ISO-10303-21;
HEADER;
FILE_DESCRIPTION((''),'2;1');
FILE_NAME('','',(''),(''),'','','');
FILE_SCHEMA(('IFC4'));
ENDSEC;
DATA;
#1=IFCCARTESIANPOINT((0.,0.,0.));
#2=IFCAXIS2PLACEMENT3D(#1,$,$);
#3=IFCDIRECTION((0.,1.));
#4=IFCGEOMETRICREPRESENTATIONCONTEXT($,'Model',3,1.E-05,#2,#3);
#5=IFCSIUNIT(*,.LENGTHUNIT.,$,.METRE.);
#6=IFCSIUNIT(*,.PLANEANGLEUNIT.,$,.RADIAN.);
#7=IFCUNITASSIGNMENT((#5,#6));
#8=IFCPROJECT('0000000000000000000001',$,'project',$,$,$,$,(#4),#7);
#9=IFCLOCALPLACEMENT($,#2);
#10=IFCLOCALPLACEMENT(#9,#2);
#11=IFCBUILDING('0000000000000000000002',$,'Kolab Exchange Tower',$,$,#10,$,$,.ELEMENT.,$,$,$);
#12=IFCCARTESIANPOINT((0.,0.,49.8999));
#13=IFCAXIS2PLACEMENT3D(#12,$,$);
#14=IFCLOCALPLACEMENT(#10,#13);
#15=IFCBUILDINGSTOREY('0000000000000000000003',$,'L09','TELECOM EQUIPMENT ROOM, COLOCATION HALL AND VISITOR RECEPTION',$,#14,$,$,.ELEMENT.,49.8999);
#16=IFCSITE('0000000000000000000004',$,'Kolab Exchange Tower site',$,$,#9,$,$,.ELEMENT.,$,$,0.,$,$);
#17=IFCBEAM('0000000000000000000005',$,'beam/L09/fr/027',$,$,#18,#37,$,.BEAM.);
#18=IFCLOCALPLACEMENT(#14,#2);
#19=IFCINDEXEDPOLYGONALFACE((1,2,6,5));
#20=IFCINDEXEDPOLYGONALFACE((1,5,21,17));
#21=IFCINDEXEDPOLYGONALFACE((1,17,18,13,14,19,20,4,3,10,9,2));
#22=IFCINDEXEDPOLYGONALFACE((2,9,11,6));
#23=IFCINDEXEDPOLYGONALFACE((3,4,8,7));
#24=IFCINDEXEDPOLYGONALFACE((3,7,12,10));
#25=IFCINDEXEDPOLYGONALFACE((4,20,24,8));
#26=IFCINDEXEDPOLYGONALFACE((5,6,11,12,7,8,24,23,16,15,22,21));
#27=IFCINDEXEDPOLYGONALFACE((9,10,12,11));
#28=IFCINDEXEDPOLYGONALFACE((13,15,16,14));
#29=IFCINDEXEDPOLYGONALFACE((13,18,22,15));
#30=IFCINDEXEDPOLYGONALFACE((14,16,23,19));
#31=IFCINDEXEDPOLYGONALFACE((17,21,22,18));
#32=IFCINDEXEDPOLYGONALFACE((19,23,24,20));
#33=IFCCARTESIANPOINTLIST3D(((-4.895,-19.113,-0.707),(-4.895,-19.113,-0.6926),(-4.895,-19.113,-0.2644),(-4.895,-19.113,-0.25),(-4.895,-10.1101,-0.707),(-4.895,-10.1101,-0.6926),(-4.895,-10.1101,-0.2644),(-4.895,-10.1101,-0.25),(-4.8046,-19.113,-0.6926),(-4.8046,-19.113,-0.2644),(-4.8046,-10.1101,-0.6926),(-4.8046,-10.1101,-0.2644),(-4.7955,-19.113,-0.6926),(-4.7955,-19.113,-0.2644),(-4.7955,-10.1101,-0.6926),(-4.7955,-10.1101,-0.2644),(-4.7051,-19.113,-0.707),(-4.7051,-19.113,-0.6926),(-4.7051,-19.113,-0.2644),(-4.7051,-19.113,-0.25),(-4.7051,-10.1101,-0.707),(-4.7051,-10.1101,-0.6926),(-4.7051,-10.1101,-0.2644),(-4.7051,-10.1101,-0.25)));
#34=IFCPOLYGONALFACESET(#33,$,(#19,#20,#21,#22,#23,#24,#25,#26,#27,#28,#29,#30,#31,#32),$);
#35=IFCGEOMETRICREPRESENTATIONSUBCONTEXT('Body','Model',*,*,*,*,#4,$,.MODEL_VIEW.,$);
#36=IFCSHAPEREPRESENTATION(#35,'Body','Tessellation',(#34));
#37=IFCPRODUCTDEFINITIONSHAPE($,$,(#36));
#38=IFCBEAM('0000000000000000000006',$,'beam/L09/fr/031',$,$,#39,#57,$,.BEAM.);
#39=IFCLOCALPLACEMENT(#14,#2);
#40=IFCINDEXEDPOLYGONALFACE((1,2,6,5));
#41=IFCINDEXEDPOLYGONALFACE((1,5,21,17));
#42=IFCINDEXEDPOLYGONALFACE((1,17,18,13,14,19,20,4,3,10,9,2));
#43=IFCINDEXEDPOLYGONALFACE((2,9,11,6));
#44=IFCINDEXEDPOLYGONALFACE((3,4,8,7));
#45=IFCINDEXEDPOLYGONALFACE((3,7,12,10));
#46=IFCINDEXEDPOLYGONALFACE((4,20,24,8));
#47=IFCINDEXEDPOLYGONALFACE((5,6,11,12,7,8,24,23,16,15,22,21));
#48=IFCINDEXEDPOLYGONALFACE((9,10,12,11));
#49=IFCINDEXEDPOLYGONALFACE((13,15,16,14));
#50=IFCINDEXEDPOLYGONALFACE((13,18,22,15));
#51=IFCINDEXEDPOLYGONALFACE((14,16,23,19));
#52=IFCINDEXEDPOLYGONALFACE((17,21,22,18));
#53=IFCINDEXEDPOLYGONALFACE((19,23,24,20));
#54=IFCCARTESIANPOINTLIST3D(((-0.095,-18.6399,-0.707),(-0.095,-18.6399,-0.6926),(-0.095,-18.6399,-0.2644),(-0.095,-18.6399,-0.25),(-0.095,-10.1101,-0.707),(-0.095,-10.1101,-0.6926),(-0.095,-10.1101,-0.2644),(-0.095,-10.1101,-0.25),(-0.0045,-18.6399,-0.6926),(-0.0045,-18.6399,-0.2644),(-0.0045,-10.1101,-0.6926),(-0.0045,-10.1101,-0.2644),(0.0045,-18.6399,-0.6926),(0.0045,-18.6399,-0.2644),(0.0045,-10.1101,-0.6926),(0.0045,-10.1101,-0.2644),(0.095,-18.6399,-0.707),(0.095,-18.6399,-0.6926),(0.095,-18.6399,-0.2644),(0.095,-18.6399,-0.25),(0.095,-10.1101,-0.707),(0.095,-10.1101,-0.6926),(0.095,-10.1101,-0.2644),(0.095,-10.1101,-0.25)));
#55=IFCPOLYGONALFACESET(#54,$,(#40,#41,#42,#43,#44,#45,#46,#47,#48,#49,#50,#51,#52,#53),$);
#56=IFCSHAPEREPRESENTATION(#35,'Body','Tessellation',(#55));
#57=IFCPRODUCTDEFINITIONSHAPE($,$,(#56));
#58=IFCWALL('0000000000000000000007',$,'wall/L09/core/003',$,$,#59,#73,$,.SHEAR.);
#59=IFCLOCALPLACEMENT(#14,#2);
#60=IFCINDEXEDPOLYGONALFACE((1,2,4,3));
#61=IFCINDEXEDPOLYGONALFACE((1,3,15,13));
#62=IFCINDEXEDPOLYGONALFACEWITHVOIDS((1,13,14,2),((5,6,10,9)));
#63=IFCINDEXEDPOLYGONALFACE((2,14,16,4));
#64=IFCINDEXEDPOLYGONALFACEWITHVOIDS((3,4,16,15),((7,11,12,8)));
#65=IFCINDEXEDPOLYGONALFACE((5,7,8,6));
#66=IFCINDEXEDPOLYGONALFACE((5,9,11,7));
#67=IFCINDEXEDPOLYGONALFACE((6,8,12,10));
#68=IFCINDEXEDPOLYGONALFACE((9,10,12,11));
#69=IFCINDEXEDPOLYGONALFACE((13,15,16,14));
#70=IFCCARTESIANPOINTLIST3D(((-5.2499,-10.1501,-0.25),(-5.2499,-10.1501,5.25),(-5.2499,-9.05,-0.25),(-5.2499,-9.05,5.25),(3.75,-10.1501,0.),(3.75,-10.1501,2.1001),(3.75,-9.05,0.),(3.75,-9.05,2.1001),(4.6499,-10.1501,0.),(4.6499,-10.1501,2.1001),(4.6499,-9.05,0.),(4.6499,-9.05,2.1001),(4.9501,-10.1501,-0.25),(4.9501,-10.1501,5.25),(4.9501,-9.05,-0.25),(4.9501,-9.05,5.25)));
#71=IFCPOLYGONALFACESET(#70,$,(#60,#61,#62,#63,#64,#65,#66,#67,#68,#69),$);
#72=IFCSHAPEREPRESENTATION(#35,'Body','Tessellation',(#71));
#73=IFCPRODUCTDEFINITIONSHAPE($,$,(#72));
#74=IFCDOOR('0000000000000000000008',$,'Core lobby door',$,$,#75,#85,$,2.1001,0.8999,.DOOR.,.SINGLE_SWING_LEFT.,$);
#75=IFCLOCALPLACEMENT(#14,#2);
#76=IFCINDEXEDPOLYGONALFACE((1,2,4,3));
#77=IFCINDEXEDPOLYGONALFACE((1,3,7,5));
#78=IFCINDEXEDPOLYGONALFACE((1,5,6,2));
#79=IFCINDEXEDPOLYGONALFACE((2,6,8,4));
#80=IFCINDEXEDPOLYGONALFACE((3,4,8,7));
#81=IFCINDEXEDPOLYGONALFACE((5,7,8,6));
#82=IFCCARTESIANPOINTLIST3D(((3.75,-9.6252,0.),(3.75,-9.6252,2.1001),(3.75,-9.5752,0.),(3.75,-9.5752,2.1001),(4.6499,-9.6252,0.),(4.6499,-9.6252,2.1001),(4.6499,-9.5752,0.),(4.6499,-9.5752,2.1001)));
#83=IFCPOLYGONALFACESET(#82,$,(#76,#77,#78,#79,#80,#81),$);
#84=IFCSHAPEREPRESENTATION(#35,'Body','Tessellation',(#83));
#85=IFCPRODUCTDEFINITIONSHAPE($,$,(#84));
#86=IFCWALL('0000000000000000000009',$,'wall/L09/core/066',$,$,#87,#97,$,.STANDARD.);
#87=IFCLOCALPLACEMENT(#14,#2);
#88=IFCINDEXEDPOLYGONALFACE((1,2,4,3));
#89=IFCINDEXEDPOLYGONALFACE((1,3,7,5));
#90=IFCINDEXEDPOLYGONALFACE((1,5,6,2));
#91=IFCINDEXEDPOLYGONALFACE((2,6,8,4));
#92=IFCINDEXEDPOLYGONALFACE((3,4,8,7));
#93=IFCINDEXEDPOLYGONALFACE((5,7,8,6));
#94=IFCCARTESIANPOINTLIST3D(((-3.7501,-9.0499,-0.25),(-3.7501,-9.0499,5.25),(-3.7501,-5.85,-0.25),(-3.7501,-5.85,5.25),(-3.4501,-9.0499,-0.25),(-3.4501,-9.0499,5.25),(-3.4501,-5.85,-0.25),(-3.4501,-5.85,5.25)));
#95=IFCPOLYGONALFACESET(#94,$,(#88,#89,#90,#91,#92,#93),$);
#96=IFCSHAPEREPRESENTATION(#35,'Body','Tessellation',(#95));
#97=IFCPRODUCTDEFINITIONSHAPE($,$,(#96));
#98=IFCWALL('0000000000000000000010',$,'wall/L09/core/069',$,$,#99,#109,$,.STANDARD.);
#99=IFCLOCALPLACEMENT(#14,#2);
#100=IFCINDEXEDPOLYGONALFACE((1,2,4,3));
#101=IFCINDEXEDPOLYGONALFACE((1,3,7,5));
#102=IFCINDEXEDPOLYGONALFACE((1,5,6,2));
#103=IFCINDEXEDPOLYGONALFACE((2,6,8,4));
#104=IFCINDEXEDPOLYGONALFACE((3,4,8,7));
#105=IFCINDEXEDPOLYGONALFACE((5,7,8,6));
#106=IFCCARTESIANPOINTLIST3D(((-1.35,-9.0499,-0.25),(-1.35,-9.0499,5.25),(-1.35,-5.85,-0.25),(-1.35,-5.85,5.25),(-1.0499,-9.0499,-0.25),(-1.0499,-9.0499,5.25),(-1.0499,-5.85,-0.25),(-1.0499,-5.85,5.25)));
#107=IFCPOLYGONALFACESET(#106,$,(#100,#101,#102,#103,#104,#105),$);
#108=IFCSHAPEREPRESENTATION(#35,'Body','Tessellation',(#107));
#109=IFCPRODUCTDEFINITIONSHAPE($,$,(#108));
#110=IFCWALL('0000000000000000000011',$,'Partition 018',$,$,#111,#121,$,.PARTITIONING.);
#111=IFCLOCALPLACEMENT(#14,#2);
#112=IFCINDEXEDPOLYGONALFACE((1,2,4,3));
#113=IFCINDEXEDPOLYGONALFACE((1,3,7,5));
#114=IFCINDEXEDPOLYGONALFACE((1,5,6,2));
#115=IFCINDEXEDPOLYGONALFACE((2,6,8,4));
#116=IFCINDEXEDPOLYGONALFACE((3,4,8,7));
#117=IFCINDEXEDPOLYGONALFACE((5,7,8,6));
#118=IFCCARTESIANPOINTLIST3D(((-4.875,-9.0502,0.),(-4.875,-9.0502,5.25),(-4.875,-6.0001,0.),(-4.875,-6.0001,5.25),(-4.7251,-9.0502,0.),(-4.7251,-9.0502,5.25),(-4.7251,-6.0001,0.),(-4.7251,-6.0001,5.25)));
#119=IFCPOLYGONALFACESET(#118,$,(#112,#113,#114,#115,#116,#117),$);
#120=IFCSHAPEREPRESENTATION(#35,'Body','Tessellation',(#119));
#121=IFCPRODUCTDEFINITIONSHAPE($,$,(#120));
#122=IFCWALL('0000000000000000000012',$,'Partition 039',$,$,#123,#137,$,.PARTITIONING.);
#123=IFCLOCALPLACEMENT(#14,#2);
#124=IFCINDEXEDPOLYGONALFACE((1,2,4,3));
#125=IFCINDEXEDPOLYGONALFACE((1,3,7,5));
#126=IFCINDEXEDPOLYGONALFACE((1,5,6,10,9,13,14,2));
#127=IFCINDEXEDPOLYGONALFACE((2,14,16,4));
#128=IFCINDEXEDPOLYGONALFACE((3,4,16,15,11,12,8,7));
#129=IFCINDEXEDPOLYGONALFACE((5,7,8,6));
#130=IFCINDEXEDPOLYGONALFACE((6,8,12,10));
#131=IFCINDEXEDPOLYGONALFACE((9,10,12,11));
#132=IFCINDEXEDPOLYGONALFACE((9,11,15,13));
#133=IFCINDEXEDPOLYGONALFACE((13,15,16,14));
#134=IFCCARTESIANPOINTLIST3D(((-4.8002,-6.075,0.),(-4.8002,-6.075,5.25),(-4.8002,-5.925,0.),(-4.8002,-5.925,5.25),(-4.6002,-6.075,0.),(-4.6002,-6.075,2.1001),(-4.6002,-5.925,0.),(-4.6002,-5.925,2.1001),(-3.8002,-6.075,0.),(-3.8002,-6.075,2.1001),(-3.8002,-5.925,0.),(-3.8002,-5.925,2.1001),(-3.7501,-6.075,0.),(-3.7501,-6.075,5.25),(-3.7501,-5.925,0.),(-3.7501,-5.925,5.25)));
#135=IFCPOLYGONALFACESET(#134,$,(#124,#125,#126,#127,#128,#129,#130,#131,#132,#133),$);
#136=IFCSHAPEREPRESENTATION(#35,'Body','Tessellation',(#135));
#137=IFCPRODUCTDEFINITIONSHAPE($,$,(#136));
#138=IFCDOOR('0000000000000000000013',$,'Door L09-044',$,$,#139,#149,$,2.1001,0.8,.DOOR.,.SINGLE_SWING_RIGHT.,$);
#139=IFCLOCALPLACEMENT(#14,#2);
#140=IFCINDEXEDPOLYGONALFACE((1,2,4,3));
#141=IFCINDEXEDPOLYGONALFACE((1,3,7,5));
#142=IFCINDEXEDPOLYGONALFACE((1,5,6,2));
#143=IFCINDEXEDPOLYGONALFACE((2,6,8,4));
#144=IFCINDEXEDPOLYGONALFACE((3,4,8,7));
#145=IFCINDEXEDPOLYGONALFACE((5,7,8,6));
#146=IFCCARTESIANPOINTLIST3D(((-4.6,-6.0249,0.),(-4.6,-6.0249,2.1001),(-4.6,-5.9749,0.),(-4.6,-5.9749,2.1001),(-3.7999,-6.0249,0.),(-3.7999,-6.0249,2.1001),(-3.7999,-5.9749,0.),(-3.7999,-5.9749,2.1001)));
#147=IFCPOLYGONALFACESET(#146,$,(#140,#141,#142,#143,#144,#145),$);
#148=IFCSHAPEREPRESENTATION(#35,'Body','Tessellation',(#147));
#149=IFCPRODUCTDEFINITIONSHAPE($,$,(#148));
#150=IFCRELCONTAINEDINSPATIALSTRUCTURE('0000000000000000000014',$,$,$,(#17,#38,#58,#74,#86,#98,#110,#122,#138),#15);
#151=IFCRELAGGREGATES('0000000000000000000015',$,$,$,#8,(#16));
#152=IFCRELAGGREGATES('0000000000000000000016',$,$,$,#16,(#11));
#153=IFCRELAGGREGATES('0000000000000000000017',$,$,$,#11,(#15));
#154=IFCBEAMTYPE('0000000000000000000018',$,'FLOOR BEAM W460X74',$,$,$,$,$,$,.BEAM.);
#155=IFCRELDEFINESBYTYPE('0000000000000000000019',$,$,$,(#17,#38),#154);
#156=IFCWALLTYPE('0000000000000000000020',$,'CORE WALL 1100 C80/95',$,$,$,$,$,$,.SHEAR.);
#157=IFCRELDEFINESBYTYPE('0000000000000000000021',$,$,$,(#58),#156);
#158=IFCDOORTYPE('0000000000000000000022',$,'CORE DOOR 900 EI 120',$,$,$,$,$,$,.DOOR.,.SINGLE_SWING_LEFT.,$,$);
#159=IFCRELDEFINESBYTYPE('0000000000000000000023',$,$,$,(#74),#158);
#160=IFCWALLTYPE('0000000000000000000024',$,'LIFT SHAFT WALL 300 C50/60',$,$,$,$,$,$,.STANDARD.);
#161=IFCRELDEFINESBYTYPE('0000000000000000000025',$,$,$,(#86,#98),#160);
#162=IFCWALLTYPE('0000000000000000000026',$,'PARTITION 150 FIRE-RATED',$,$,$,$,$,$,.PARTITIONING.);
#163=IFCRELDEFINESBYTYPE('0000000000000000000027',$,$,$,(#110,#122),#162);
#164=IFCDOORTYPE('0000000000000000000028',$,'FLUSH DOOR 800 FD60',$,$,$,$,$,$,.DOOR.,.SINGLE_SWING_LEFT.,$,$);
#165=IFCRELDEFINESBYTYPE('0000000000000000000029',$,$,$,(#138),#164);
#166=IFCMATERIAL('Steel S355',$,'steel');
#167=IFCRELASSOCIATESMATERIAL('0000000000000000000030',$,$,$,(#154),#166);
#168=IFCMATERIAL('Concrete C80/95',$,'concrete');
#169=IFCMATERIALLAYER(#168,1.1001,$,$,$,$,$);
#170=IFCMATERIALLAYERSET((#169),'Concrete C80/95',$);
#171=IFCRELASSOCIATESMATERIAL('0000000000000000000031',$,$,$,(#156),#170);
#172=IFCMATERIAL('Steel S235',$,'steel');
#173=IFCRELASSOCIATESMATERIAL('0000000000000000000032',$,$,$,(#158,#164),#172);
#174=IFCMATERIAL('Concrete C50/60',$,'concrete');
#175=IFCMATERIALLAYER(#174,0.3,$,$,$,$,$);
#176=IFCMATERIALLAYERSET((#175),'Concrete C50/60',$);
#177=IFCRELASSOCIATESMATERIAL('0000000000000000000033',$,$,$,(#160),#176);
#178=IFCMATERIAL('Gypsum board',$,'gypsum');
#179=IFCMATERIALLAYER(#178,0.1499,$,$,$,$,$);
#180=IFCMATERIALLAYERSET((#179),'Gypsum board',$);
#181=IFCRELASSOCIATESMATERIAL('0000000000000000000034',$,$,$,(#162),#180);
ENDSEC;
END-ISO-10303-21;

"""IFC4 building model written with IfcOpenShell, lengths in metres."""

from ifc_helpers import new_model, si_unit, direction, frame, frame_2d, origin, origin_2d, place, context, subcontext, project, spatial, rectangle, i_section, extrude, material, layer, layer_set, material_profile, profile_set, type_object, element, fill, save


model = new_model("IFC4")

# Units and contexts
model_context = context("Model", 3, precision=1e-05, world=origin(), true_north=direction((0.0, 1.0)))
body_context = subcontext(model_context, "Body", "Model", "MODEL_VIEW")
ifc_project = project(units=[si_unit("LENGTHUNIT", "METRE"), si_unit("PLANEANGLEUNIT", "RADIAN")], contexts=[model_context])

# Site, building, storey
site_placement = place(None, origin())
site = spatial("IfcSite", under=ifc_project, at=site_placement, Name="Kolab Exchange Tower site", CompositionType="ELEMENT", RefElevation=0.0)
building_placement = place(site_placement, origin())
building = spatial("IfcBuilding", under=site, at=building_placement, Name="Kolab Exchange Tower", CompositionType="ELEMENT")
storey_placement = place(building_placement, frame((0.0, 0.0, 49.8999)))
storey = spatial("IfcBuildingStorey", under=building, at=storey_placement, Name="L09", Description="TELECOM EQUIPMENT ROOM, COLOCATION HALL AND VISITOR RECEPTION", CompositionType="ELEMENT", Elevation=49.8999)

# Beams
ifc_material_1 = material(Name="Steel S355", Category="steel")
ifc_material_profile = material_profile(ifc_material_1, i_section(OverallWidth=0.1899, OverallDepth=0.457, WebThickness=0.009, FlangeThickness=0.0144, at=origin_2d()), Name="W460X74")
ifc_profile_set = profile_set([ifc_material_profile], Name="Steel S355")
beam_type = type_object("IfcBeamType", Name="FLOOR BEAM W460X74", PredefinedType="BEAM", material=ifc_profile_set)
beam_1_placement = place(storey_placement, frame((-4.8, -19.113, -0.4785), z_axis=(0.0, 1.0, 0.0), x_axis=(-1.0, 0.0, 0.0)))
element("IfcBeam", 1, at=beam_1_placement, inside=storey, type_object=beam_type, Name="beam/L09/fr/027", PredefinedType="BEAM", context=body_context, shape_type="SweptSolid", body=[
    extrude(i_section(OverallWidth=0.1899, OverallDepth=0.457, WebThickness=0.009, FlangeThickness=0.0144, at=origin_2d()), origin(), (0.0, 0.0, 1.0), 9.0029),
])
beam_2_placement = place(storey_placement, frame((0.0, -18.6399, -0.4785), z_axis=(0.0, 1.0, 0.0), x_axis=(-1.0, 0.0, 0.0)))
element("IfcBeam", 2, at=beam_2_placement, inside=storey, type_object=beam_type, Name="beam/L09/fr/031", PredefinedType="BEAM", context=body_context, shape_type="SweptSolid", body=[
    extrude(i_section(OverallWidth=0.1899, OverallDepth=0.457, WebThickness=0.009, FlangeThickness=0.0144, at=origin_2d()), origin(), (0.0, 0.0, 1.0), 8.5298),
])

# Wall, opening, door
ifc_material_2 = material(Name="Concrete C80/95", Category="concrete")
ifc_layer_1 = layer(ifc_material_2, 1.1001)
ifc_layer_set_1 = layer_set([ifc_layer_1], Name="Concrete C80/95")
wall_type_1 = type_object("IfcWallType", Name="CORE WALL 1100 C80/95", PredefinedType="SHEAR", material=ifc_layer_set_1)
wall_1_placement = place(storey_placement, frame((-5.25, -9.6001, -0.25), z_axis=(0.0, 0.0, 1.0), x_axis=(1.0, 0.0, 0.0)))
wall_1 = element("IfcWall", 3, at=wall_1_placement, inside=storey, type_object=wall_type_1, Name="wall/L09/core/003", PredefinedType="SHEAR", context=body_context, shape_type="SweptSolid", body=[
    extrude(rectangle(XDim=10.2, YDim=1.1001, at=frame_2d((5.1001, 0.0))), origin(), (0.0, 0.0, 1.0), 5.5),
])
opening_1_placement = place(wall_1_placement, frame((9.0, 0.0, 0.25)))
opening_1 = element("IfcOpeningElement", 4, at=opening_1_placement, cuts=wall_1, PredefinedType="OPENING", context=body_context, shape_type="SweptSolid", body=[
    extrude(rectangle(XDim=0.8999, YDim=2.1001, at=frame_2d((0.45, 1.05))), frame((0.0, 0.5601, 0.0), z_axis=(0.0, -1.0, 0.0), x_axis=(1.0, 0.0, 0.0)), (0.0, 0.0, 1.0), 1.1201),
])
ifc_material_3 = material(Name="Steel S235", Category="steel")
door_type_1 = type_object("IfcDoorType", Name="CORE DOOR 900 EI 120", OperationType="SINGLE_SWING_LEFT", PredefinedType="DOOR", material=ifc_material_3)
door_1_placement = place(opening_1_placement, origin())
door_1 = element("IfcDoor", 5, at=door_1_placement, inside=storey, type_object=door_type_1, Name="Core lobby door", OperationType="SINGLE_SWING_LEFT", OverallHeight=2.1001, OverallWidth=0.8999, PredefinedType="DOOR", context=body_context, shape_type="SweptSolid", body=[
    extrude(rectangle(XDim=0.8999, YDim=2.1001, at=frame_2d((0.45, 1.05))), frame((0.0, 0.0249, 0.0), z_axis=(0.0, -1.0, 0.0), x_axis=(1.0, 0.0, 0.0)), (0.0, 0.0, 1.0), 0.05),
])
fill(opening_1, door_1)

# Walls
ifc_material_4 = material(Name="Concrete C50/60", Category="concrete")
ifc_layer_2 = layer(ifc_material_4, 0.3)
ifc_layer_set_2 = layer_set([ifc_layer_2], Name="Concrete C50/60")
wall_type_2 = type_object("IfcWallType", Name="LIFT SHAFT WALL 300 C50/60", PredefinedType="STANDARD", material=ifc_layer_set_2)
for number, where, z_axis, x_axis, name in (
    (6, (-3.6001, -9.05, -0.25), (0.0, 0.0, 1.0), (0.0, 1.0, 0.0), "wall/L09/core/066"),
    (7, (-1.2, -9.05, -0.25), (0.0, 0.0, 1.0), (0.0, 1.0, 0.0), "wall/L09/core/069"),
):
    element("IfcWall", number, at=place(storey_placement, frame(where, z_axis=z_axis, x_axis=x_axis)), inside=storey, type_object=wall_type_2, Name=name, PredefinedType="STANDARD", context=body_context, shape_type="SweptSolid", body=[
        extrude(rectangle(XDim=3.2, YDim=0.3, at=frame_2d((1.6001, 0.0))), origin(), (0.0, 0.0, 1.0), 5.5),
    ])
ifc_material_5 = material(Name="Gypsum board", Category="gypsum")
ifc_layer_3 = layer(ifc_material_5, 0.1499)
ifc_layer_set_3 = layer_set([ifc_layer_3], Name="Gypsum board")
wall_type_3 = type_object("IfcWallType", Name="PARTITION 150 FIRE-RATED", PredefinedType="PARTITIONING", material=ifc_layer_set_3)
wall_2_placement = place(storey_placement, frame((-4.8, -9.05, 0.0), z_axis=(0.0, 0.0, 1.0), x_axis=(0.0, 1.0, 0.0)))
element("IfcWall", 8, at=wall_2_placement, inside=storey, type_object=wall_type_3, Name="Partition 018", PredefinedType="PARTITIONING", context=body_context, shape_type="SweptSolid", body=[
    extrude(rectangle(XDim=3.05, YDim=0.1499, at=frame_2d((1.5249, 0.0))), origin(), (0.0, 0.0, 1.0), 5.25),
])

# Wall, opening, door
wall_3_placement = place(storey_placement, frame((-4.8, -6.0, 0.0), z_axis=(0.0, 0.0, 1.0), x_axis=(1.0, 0.0, 0.0)))
wall_3 = element("IfcWall", 9, at=wall_3_placement, inside=storey, type_object=wall_type_3, Name="Partition 039", PredefinedType="PARTITIONING", context=body_context, shape_type="SweptSolid", body=[
    extrude(rectangle(XDim=1.05, YDim=0.1499, at=frame_2d((0.5249, 0.0))), origin(), (0.0, 0.0, 1.0), 5.25),
])
opening_2_placement = place(wall_3_placement, frame((0.2, 0.0, 0.0)))
opening_2 = element("IfcOpeningElement", 10, at=opening_2_placement, cuts=wall_3, PredefinedType="OPENING", context=body_context, shape_type="SweptSolid", body=[
    extrude(rectangle(XDim=0.8, YDim=2.1001, at=frame_2d((0.3999, 1.05))), frame((0.0, 0.085, 0.0), z_axis=(0.0, -1.0, 0.0), x_axis=(1.0, 0.0, 0.0)), (0.0, 0.0, 1.0), 0.1699),
])
door_type_2 = type_object("IfcDoorType", Name="FLUSH DOOR 800 FD60", OperationType="SINGLE_SWING_LEFT", PredefinedType="DOOR", material=ifc_material_3)
door_2_placement = place(opening_2_placement, frame((0.8, 0.0, 0.0), z_axis=(0.0, 0.0, 1.0), x_axis=(-1.0, 0.0, 0.0)))
door_2 = element("IfcDoor", 11, at=door_2_placement, inside=storey, type_object=door_type_2, Name="Door L09-044", OperationType="SINGLE_SWING_RIGHT", OverallHeight=2.1001, OverallWidth=0.8, PredefinedType="DOOR", context=body_context, shape_type="SweptSolid", body=[
    extrude(rectangle(XDim=0.8, YDim=2.1001, at=frame_2d((0.3999, 1.05))), frame((0.0, 0.0249, 0.0), z_axis=(0.0, -1.0, 0.0), x_axis=(1.0, 0.0, 0.0)), (0.0, 0.0, 1.0), 0.05),
])
fill(opening_2, door_2)

save(model, "model.ifc")
